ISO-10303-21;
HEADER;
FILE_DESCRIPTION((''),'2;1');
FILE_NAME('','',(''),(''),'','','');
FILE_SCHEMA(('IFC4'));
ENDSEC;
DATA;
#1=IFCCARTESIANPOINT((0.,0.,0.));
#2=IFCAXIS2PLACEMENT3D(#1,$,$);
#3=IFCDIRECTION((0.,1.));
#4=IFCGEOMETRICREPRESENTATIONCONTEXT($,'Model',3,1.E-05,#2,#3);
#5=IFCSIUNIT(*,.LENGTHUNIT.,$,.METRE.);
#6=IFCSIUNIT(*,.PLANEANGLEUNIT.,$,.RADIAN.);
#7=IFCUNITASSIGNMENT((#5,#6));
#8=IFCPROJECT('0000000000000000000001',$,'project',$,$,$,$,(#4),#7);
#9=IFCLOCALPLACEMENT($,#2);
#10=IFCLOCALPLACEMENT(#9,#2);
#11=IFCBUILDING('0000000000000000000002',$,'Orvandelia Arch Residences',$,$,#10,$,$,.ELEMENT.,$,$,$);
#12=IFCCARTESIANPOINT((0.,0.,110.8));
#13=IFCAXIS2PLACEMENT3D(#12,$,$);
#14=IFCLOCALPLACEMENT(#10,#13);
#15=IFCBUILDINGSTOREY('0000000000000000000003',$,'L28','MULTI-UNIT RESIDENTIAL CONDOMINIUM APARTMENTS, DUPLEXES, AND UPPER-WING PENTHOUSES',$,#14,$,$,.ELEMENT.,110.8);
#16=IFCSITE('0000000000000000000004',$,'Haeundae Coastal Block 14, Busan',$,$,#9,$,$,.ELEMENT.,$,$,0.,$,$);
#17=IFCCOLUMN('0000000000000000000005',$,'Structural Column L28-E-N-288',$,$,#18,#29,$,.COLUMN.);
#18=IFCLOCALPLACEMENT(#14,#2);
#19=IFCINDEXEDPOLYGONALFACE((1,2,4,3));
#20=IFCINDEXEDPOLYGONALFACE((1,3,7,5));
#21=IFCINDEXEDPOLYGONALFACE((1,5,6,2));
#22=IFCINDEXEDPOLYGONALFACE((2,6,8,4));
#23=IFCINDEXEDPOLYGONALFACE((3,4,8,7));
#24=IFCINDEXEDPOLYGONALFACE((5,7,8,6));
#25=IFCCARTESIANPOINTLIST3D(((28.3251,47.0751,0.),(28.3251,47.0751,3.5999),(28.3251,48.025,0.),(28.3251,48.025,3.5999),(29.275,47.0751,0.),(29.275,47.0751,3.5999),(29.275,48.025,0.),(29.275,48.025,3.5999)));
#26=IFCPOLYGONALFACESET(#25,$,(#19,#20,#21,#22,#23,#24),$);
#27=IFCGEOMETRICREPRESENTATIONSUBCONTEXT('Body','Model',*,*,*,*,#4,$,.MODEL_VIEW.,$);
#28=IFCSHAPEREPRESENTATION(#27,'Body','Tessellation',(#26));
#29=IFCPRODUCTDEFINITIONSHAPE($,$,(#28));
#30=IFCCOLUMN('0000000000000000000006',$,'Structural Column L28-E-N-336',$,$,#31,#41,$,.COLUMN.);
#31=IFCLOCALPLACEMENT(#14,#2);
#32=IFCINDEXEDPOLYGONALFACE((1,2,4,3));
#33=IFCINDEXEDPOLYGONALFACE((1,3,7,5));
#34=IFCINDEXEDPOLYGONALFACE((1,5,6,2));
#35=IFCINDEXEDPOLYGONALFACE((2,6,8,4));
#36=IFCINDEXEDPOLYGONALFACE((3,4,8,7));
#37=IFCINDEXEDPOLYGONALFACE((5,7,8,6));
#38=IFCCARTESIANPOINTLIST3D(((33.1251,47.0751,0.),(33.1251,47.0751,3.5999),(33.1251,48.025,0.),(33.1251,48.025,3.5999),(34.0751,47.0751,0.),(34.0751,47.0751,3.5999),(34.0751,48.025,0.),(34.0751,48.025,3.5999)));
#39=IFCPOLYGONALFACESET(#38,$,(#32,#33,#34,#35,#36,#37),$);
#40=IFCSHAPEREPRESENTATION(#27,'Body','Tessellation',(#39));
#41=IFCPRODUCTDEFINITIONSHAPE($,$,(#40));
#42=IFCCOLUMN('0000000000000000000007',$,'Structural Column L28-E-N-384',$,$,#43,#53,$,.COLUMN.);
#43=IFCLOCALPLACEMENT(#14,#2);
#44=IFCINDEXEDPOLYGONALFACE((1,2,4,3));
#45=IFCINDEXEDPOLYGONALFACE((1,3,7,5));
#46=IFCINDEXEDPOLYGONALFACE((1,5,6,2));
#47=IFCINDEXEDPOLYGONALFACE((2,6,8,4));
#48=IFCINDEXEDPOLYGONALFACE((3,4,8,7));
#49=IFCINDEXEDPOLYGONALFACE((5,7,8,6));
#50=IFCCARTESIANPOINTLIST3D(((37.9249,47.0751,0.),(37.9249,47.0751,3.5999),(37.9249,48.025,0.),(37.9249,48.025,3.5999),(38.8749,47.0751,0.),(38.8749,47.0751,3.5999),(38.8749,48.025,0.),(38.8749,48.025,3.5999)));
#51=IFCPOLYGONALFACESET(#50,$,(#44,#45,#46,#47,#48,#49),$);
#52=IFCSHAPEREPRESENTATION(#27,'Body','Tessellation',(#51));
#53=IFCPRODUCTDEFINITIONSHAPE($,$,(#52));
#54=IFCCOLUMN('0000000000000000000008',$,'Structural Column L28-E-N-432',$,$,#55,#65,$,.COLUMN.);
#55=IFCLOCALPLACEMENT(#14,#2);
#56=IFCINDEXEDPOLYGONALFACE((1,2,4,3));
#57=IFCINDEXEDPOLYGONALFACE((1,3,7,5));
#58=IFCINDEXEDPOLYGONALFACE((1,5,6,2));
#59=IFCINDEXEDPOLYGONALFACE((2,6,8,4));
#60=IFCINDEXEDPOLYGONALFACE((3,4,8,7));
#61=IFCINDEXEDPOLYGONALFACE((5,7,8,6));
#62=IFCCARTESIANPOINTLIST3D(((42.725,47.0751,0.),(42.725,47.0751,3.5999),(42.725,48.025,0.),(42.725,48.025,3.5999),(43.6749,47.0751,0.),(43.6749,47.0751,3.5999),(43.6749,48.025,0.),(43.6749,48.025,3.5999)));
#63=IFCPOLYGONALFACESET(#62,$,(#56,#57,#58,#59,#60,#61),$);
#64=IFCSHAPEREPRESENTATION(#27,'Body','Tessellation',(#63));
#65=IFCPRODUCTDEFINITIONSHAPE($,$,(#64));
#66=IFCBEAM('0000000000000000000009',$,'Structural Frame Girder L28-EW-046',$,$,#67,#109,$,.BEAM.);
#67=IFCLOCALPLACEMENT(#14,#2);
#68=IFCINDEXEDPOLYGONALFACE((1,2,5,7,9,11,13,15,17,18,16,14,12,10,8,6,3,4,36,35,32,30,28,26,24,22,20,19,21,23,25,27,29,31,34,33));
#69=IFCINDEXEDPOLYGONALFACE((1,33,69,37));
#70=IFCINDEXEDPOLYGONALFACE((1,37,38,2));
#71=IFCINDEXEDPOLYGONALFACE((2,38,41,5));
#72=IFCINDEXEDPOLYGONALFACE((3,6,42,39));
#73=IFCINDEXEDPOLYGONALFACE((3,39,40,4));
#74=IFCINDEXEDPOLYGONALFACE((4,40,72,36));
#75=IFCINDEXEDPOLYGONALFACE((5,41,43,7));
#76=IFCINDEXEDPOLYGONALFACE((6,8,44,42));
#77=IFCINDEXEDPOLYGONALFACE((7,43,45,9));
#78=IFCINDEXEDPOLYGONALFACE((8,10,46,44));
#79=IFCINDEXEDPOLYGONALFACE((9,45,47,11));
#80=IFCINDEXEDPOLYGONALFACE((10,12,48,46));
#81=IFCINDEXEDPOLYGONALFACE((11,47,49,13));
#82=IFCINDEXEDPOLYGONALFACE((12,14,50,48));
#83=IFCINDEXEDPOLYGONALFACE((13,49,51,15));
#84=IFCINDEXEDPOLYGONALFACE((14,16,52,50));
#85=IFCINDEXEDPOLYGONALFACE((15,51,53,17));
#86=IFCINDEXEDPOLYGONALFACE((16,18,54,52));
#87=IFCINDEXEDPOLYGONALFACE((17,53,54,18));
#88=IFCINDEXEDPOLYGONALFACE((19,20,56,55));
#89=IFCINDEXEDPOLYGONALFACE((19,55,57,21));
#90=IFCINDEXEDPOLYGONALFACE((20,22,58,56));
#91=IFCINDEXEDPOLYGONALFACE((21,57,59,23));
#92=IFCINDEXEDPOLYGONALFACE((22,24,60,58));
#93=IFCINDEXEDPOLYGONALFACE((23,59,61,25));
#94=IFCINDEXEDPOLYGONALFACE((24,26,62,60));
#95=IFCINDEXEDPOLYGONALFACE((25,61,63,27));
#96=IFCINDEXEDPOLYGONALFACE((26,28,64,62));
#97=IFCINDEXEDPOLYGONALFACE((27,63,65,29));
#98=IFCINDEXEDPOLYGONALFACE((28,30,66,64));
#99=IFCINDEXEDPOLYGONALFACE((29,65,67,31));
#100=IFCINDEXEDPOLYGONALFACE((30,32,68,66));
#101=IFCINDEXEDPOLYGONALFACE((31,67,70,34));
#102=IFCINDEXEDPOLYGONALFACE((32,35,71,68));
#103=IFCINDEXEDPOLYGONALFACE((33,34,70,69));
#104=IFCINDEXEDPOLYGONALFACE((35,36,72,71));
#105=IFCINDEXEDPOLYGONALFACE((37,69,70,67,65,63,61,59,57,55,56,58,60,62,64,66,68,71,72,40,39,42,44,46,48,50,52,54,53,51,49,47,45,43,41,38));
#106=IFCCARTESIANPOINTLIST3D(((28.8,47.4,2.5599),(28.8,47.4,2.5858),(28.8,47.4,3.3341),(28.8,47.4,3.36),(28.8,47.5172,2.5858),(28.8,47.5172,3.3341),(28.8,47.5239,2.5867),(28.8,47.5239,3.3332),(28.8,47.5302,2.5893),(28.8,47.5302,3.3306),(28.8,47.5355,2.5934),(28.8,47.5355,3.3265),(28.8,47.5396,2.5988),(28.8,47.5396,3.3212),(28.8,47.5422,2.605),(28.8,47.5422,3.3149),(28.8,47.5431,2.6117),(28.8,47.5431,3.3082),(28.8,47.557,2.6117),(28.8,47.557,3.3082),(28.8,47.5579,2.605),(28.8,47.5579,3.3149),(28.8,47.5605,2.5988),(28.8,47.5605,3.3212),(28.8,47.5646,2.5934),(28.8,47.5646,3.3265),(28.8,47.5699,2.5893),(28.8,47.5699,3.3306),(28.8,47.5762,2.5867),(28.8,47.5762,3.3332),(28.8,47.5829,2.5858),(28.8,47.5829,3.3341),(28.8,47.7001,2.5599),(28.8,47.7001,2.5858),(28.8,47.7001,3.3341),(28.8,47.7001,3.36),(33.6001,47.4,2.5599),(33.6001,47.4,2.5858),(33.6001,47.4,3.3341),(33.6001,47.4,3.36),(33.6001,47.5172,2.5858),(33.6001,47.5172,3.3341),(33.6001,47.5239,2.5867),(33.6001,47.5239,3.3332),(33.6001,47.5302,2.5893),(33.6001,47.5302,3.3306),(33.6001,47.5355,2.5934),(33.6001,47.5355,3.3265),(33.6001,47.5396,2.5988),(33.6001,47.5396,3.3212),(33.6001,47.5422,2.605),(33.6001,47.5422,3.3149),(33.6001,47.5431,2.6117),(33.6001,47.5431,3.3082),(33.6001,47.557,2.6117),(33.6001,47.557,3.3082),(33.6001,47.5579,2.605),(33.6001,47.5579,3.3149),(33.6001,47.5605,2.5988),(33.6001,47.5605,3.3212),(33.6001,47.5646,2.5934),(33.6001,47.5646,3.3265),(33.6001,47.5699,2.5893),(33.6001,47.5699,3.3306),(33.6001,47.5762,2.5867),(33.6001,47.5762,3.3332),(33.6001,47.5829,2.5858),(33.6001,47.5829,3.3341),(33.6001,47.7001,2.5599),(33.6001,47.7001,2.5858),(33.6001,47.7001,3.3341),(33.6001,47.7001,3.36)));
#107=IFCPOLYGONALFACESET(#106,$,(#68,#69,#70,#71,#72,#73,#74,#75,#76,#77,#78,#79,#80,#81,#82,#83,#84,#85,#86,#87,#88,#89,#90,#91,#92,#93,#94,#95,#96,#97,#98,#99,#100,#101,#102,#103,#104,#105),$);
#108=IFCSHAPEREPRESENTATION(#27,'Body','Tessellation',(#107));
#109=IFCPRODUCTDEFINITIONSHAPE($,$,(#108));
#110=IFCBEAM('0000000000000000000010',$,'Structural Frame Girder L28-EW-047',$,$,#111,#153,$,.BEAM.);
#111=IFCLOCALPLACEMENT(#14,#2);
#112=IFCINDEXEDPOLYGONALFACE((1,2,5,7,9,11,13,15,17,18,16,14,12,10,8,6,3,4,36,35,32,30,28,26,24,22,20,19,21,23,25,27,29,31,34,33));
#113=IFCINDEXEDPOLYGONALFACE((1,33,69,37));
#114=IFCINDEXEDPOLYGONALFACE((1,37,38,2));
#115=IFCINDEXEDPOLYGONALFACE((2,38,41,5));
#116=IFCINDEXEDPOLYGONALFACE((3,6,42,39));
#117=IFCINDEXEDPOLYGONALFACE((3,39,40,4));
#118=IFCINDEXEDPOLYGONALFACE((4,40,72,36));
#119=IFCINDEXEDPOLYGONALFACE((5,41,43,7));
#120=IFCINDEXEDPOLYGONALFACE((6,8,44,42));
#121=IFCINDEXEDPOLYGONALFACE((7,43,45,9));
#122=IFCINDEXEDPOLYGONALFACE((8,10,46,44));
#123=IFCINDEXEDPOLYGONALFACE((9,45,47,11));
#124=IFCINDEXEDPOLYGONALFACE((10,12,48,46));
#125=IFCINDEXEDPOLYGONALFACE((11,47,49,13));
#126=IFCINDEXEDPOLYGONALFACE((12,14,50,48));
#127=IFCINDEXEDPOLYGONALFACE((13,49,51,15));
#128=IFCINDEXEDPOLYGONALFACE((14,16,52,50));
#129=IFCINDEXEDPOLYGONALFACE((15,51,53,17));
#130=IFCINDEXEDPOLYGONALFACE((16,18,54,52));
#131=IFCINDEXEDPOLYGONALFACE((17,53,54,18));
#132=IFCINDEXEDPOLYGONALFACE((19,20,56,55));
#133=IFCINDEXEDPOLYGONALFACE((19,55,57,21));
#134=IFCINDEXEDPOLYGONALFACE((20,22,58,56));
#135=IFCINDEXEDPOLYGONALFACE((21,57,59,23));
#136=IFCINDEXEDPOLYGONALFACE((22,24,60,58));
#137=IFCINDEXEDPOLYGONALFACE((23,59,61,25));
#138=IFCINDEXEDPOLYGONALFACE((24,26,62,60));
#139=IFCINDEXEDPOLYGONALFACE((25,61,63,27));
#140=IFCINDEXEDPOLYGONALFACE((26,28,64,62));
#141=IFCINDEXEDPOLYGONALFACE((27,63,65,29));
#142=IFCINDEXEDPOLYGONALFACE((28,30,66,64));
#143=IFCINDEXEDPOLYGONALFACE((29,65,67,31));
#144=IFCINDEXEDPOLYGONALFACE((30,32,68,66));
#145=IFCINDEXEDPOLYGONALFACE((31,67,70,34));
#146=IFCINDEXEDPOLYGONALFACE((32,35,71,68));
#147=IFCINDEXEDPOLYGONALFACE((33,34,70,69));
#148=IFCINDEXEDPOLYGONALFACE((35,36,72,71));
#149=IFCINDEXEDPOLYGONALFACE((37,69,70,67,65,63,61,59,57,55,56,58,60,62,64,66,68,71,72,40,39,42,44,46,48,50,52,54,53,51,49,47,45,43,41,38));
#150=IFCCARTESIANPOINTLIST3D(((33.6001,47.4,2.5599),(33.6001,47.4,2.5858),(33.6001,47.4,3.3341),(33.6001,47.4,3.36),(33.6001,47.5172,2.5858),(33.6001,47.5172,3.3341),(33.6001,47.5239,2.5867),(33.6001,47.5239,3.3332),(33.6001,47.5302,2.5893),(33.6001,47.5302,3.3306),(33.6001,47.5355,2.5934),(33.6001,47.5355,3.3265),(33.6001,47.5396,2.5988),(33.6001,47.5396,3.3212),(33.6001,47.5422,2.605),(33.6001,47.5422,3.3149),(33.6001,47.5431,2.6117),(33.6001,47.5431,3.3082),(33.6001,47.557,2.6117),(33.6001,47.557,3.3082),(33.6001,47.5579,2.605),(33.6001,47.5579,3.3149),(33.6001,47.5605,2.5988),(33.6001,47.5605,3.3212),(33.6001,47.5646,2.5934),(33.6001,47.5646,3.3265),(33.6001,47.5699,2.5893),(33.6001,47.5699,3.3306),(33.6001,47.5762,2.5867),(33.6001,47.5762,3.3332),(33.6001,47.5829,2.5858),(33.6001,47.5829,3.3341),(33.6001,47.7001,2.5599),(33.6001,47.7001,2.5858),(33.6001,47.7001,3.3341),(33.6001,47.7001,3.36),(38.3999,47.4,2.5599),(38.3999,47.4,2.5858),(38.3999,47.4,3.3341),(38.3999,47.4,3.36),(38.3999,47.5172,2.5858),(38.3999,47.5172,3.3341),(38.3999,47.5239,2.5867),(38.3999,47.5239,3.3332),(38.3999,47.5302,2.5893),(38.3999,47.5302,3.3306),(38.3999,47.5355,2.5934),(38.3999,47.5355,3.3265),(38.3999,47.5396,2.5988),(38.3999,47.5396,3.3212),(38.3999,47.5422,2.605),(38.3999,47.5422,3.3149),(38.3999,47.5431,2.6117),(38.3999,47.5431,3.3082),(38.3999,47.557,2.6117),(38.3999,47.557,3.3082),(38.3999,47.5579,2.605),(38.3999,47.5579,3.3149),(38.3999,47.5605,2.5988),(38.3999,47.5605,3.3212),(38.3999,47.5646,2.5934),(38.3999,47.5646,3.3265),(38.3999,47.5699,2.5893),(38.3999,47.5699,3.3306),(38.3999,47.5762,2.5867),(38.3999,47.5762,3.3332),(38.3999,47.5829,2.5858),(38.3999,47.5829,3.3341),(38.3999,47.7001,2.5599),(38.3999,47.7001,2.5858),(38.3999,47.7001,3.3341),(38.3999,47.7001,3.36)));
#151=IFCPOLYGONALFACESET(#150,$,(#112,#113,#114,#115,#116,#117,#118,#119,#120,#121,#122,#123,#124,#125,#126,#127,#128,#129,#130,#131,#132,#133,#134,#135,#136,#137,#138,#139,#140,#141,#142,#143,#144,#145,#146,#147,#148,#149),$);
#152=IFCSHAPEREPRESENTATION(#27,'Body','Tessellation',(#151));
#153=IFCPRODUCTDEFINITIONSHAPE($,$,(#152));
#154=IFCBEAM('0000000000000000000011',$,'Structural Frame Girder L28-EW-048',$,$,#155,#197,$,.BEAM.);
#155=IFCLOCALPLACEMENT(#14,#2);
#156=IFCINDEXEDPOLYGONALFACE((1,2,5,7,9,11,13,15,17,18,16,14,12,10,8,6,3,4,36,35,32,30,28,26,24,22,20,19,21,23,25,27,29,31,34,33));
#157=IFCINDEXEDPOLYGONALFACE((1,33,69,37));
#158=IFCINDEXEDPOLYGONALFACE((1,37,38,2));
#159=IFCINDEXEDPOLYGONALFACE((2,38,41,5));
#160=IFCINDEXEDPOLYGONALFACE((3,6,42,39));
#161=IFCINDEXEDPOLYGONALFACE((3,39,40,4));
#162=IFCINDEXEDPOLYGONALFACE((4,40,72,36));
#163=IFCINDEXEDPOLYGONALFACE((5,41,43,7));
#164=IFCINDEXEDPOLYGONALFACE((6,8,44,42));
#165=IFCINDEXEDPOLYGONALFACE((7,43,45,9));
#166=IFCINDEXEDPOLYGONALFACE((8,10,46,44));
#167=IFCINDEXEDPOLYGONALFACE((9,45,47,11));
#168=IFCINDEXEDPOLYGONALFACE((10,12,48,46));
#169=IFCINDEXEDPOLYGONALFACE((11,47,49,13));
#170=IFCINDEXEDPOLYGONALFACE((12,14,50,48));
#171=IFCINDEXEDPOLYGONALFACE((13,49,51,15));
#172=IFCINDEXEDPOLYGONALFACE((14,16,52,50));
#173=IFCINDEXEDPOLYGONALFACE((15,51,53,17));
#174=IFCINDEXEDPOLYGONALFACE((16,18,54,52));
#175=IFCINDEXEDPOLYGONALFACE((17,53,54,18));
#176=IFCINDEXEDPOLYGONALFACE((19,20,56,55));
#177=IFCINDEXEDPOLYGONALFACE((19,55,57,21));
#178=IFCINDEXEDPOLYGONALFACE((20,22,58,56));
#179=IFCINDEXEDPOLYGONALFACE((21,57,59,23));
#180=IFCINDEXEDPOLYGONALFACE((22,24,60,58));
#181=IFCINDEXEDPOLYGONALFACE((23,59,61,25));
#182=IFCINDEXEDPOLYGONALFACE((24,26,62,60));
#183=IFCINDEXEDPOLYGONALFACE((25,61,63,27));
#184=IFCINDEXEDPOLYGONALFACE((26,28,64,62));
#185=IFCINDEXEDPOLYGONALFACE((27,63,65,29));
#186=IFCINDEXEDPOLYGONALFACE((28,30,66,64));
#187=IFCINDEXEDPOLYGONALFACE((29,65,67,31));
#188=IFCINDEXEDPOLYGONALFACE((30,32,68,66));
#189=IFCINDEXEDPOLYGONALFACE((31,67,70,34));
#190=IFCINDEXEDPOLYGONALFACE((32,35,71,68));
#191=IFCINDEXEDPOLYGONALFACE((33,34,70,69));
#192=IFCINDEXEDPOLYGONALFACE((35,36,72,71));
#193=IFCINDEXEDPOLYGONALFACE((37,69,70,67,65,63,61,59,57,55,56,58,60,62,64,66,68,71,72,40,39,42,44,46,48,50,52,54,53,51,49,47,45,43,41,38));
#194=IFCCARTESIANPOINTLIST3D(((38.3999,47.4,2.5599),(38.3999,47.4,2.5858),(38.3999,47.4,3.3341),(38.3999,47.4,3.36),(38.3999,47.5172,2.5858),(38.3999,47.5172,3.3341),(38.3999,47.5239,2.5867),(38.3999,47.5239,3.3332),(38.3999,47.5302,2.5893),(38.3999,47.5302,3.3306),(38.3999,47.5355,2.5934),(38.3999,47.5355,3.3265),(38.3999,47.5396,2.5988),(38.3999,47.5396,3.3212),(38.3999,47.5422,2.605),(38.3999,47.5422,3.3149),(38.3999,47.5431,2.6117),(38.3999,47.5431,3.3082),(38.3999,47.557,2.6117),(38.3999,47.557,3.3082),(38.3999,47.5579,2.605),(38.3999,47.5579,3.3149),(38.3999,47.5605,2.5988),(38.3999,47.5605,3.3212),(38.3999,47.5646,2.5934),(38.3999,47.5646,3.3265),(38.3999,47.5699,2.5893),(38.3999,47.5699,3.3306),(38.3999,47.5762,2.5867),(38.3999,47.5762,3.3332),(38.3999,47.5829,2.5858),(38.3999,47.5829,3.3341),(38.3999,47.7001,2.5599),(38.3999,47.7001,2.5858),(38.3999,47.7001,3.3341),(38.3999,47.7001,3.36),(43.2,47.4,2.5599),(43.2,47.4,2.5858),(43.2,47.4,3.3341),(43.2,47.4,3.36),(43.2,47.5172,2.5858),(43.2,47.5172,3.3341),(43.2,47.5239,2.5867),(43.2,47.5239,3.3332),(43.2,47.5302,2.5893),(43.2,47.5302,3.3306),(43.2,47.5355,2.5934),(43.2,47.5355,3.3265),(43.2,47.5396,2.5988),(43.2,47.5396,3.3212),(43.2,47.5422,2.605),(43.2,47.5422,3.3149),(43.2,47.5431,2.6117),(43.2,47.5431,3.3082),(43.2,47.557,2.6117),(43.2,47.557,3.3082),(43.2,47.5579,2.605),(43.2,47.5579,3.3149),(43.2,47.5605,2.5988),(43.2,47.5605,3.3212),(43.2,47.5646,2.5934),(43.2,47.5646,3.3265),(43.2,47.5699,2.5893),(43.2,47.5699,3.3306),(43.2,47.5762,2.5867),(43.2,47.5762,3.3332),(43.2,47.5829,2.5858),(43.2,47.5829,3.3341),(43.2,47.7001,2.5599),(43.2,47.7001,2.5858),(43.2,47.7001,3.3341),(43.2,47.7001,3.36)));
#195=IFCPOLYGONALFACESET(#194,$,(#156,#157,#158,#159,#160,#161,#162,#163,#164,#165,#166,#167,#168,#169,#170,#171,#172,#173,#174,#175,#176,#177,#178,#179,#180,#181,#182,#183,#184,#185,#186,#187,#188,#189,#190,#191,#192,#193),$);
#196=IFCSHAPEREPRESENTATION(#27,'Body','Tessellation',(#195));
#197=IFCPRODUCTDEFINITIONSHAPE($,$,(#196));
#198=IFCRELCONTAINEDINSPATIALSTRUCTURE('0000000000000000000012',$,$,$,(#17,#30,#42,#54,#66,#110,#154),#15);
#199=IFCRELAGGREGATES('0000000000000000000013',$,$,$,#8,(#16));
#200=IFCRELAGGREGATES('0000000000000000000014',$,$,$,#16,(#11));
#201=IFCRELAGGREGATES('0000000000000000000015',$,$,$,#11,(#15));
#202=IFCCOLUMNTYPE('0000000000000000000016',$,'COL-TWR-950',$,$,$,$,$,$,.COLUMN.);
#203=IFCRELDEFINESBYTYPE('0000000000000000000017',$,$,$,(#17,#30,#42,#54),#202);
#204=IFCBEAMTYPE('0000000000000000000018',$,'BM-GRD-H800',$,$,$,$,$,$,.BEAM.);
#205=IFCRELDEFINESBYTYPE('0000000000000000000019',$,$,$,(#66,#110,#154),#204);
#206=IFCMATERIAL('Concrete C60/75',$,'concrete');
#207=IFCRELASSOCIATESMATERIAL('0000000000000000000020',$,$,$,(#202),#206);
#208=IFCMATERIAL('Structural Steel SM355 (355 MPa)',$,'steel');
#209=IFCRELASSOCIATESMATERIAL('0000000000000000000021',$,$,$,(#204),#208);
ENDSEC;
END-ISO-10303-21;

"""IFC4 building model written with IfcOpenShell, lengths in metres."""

from ifc_helpers import new_model, si_unit, direction, frame, origin, origin_2d, place, context, subcontext, project, spatial, rectangle, i_section, extrude, material, material_profile, profile_set, type_object, element, save


model = new_model("IFC4")

# Units and contexts
model_context = context("Model", 3, precision=1e-05, world=origin(), true_north=direction((0.0, 1.0)))
body_context = subcontext(model_context, "Body", "Model", "MODEL_VIEW")
ifc_project = project(units=[si_unit("LENGTHUNIT", "METRE"), si_unit("PLANEANGLEUNIT", "RADIAN")], contexts=[model_context])

# Site, building, storey
site_placement = place(None, origin())
site = spatial("IfcSite", under=ifc_project, at=site_placement, Name="Haeundae Coastal Block 14, Busan", CompositionType="ELEMENT", RefElevation=0.0)
building_placement = place(site_placement, origin())
building = spatial("IfcBuilding", under=site, at=building_placement, Name="Orvandelia Arch Residences", CompositionType="ELEMENT")
storey_placement = place(building_placement, frame((0.0, 0.0, 110.8)))
storey = spatial("IfcBuildingStorey", under=building, at=storey_placement, Name="L28", Description="MULTI-UNIT RESIDENTIAL CONDOMINIUM APARTMENTS, DUPLEXES, AND UPPER-WING PENTHOUSES", CompositionType="ELEMENT", Elevation=110.8)

# Columns
ifc_material_1 = material(Name="Concrete C60/75", Category="concrete")
ifc_material_profile_1 = material_profile(ifc_material_1, rectangle(XDim=0.95, YDim=0.95, at=origin_2d()), Name="Concrete C60/75", Category="concrete")
ifc_profile_set_1 = profile_set([ifc_material_profile_1], Name="Concrete C60/75")
column_type = type_object("IfcColumnType", Name="COL-TWR-950", PredefinedType="COLUMN", material=ifc_profile_set_1)
for number, where, z_axis, x_axis, name in (
    (1, (28.8, 47.55, 0.0), (0.0, 0.0, 1.0), (1.0, 0.0, 0.0), "Structural Column L28-E-N-288"),
    (2, (33.6001, 47.55, 0.0), (0.0, 0.0, 1.0), (1.0, 0.0, 0.0), "Structural Column L28-E-N-336"),
    (3, (38.3999, 47.55, 0.0), (0.0, 0.0, 1.0), (1.0, 0.0, 0.0), "Structural Column L28-E-N-384"),
    (4, (43.2, 47.55, 0.0), (0.0, 0.0, 1.0), (1.0, 0.0, 0.0), "Structural Column L28-E-N-432"),
):
    element("IfcColumn", number, at=place(storey_placement, frame(where, z_axis=z_axis, x_axis=x_axis)), inside=storey, type_object=column_type, Name=name, PredefinedType="COLUMN", context=body_context, shape_type="SweptSolid", body=[
        extrude(rectangle(XDim=0.95, YDim=0.95, at=origin_2d()), origin(), (0.0, 0.0, 1.0), 3.5999),
    ])

# Beams
ifc_material_2 = material(Name="Structural Steel SM355 (355 MPa)", Category="steel")
ifc_material_profile_2 = material_profile(ifc_material_2, i_section(OverallWidth=0.3, OverallDepth=0.8, WebThickness=0.0139, FlangeThickness=0.0259, FilletRadius=0.0259, at=origin_2d()), Name="Structural Steel SM355 (355 MPa)", Category="steel")
ifc_profile_set_2 = profile_set([ifc_material_profile_2], Name="Structural Steel SM355 (355 MPa)")
beam_type = type_object("IfcBeamType", Name="BM-GRD-H800", PredefinedType="BEAM", material=ifc_profile_set_2)
beam_1_placement = place(storey_placement, frame((28.8, 47.55, 2.96), z_axis=(1.0, 0.0, 0.0), x_axis=(0.0, 1.0, 0.0)))
element("IfcBeam", 5, at=beam_1_placement, inside=storey, type_object=beam_type, Name="Structural Frame Girder L28-EW-046", PredefinedType="BEAM", context=body_context, shape_type="SweptSolid", body=[
    extrude(i_section(OverallWidth=0.3, OverallDepth=0.8, WebThickness=0.0139, FlangeThickness=0.0259, FilletRadius=0.0259, at=origin_2d()), origin(), (0.0, 0.0, 1.0), 4.8),
])
beam_2_placement = place(storey_placement, frame((33.6001, 47.55, 2.96), z_axis=(1.0, 0.0, 0.0), x_axis=(0.0, 1.0, 0.0)))
element("IfcBeam", 6, at=beam_2_placement, inside=storey, type_object=beam_type, Name="Structural Frame Girder L28-EW-047", PredefinedType="BEAM", context=body_context, shape_type="SweptSolid", body=[
    extrude(i_section(OverallWidth=0.3, OverallDepth=0.8, WebThickness=0.0139, FlangeThickness=0.0259, FilletRadius=0.0259, at=origin_2d()), origin(), (0.0, 0.0, 1.0), 4.7998),
])
for number, where, z_axis, x_axis, name in (
    (7, (38.3999, 47.55, 2.96), (1.0, 0.0, 0.0), (0.0, 1.0, 0.0), "Structural Frame Girder L28-EW-048"),
):
    element("IfcBeam", number, at=place(storey_placement, frame(where, z_axis=z_axis, x_axis=x_axis)), inside=storey, type_object=beam_type, Name=name, PredefinedType="BEAM", context=body_context, shape_type="SweptSolid", body=[
        extrude(i_section(OverallWidth=0.3, OverallDepth=0.8, WebThickness=0.0139, FlangeThickness=0.0259, FilletRadius=0.0259, at=origin_2d()), origin(), (0.0, 0.0, 1.0), 4.8),
    ])

save(model, "model.ifc")
